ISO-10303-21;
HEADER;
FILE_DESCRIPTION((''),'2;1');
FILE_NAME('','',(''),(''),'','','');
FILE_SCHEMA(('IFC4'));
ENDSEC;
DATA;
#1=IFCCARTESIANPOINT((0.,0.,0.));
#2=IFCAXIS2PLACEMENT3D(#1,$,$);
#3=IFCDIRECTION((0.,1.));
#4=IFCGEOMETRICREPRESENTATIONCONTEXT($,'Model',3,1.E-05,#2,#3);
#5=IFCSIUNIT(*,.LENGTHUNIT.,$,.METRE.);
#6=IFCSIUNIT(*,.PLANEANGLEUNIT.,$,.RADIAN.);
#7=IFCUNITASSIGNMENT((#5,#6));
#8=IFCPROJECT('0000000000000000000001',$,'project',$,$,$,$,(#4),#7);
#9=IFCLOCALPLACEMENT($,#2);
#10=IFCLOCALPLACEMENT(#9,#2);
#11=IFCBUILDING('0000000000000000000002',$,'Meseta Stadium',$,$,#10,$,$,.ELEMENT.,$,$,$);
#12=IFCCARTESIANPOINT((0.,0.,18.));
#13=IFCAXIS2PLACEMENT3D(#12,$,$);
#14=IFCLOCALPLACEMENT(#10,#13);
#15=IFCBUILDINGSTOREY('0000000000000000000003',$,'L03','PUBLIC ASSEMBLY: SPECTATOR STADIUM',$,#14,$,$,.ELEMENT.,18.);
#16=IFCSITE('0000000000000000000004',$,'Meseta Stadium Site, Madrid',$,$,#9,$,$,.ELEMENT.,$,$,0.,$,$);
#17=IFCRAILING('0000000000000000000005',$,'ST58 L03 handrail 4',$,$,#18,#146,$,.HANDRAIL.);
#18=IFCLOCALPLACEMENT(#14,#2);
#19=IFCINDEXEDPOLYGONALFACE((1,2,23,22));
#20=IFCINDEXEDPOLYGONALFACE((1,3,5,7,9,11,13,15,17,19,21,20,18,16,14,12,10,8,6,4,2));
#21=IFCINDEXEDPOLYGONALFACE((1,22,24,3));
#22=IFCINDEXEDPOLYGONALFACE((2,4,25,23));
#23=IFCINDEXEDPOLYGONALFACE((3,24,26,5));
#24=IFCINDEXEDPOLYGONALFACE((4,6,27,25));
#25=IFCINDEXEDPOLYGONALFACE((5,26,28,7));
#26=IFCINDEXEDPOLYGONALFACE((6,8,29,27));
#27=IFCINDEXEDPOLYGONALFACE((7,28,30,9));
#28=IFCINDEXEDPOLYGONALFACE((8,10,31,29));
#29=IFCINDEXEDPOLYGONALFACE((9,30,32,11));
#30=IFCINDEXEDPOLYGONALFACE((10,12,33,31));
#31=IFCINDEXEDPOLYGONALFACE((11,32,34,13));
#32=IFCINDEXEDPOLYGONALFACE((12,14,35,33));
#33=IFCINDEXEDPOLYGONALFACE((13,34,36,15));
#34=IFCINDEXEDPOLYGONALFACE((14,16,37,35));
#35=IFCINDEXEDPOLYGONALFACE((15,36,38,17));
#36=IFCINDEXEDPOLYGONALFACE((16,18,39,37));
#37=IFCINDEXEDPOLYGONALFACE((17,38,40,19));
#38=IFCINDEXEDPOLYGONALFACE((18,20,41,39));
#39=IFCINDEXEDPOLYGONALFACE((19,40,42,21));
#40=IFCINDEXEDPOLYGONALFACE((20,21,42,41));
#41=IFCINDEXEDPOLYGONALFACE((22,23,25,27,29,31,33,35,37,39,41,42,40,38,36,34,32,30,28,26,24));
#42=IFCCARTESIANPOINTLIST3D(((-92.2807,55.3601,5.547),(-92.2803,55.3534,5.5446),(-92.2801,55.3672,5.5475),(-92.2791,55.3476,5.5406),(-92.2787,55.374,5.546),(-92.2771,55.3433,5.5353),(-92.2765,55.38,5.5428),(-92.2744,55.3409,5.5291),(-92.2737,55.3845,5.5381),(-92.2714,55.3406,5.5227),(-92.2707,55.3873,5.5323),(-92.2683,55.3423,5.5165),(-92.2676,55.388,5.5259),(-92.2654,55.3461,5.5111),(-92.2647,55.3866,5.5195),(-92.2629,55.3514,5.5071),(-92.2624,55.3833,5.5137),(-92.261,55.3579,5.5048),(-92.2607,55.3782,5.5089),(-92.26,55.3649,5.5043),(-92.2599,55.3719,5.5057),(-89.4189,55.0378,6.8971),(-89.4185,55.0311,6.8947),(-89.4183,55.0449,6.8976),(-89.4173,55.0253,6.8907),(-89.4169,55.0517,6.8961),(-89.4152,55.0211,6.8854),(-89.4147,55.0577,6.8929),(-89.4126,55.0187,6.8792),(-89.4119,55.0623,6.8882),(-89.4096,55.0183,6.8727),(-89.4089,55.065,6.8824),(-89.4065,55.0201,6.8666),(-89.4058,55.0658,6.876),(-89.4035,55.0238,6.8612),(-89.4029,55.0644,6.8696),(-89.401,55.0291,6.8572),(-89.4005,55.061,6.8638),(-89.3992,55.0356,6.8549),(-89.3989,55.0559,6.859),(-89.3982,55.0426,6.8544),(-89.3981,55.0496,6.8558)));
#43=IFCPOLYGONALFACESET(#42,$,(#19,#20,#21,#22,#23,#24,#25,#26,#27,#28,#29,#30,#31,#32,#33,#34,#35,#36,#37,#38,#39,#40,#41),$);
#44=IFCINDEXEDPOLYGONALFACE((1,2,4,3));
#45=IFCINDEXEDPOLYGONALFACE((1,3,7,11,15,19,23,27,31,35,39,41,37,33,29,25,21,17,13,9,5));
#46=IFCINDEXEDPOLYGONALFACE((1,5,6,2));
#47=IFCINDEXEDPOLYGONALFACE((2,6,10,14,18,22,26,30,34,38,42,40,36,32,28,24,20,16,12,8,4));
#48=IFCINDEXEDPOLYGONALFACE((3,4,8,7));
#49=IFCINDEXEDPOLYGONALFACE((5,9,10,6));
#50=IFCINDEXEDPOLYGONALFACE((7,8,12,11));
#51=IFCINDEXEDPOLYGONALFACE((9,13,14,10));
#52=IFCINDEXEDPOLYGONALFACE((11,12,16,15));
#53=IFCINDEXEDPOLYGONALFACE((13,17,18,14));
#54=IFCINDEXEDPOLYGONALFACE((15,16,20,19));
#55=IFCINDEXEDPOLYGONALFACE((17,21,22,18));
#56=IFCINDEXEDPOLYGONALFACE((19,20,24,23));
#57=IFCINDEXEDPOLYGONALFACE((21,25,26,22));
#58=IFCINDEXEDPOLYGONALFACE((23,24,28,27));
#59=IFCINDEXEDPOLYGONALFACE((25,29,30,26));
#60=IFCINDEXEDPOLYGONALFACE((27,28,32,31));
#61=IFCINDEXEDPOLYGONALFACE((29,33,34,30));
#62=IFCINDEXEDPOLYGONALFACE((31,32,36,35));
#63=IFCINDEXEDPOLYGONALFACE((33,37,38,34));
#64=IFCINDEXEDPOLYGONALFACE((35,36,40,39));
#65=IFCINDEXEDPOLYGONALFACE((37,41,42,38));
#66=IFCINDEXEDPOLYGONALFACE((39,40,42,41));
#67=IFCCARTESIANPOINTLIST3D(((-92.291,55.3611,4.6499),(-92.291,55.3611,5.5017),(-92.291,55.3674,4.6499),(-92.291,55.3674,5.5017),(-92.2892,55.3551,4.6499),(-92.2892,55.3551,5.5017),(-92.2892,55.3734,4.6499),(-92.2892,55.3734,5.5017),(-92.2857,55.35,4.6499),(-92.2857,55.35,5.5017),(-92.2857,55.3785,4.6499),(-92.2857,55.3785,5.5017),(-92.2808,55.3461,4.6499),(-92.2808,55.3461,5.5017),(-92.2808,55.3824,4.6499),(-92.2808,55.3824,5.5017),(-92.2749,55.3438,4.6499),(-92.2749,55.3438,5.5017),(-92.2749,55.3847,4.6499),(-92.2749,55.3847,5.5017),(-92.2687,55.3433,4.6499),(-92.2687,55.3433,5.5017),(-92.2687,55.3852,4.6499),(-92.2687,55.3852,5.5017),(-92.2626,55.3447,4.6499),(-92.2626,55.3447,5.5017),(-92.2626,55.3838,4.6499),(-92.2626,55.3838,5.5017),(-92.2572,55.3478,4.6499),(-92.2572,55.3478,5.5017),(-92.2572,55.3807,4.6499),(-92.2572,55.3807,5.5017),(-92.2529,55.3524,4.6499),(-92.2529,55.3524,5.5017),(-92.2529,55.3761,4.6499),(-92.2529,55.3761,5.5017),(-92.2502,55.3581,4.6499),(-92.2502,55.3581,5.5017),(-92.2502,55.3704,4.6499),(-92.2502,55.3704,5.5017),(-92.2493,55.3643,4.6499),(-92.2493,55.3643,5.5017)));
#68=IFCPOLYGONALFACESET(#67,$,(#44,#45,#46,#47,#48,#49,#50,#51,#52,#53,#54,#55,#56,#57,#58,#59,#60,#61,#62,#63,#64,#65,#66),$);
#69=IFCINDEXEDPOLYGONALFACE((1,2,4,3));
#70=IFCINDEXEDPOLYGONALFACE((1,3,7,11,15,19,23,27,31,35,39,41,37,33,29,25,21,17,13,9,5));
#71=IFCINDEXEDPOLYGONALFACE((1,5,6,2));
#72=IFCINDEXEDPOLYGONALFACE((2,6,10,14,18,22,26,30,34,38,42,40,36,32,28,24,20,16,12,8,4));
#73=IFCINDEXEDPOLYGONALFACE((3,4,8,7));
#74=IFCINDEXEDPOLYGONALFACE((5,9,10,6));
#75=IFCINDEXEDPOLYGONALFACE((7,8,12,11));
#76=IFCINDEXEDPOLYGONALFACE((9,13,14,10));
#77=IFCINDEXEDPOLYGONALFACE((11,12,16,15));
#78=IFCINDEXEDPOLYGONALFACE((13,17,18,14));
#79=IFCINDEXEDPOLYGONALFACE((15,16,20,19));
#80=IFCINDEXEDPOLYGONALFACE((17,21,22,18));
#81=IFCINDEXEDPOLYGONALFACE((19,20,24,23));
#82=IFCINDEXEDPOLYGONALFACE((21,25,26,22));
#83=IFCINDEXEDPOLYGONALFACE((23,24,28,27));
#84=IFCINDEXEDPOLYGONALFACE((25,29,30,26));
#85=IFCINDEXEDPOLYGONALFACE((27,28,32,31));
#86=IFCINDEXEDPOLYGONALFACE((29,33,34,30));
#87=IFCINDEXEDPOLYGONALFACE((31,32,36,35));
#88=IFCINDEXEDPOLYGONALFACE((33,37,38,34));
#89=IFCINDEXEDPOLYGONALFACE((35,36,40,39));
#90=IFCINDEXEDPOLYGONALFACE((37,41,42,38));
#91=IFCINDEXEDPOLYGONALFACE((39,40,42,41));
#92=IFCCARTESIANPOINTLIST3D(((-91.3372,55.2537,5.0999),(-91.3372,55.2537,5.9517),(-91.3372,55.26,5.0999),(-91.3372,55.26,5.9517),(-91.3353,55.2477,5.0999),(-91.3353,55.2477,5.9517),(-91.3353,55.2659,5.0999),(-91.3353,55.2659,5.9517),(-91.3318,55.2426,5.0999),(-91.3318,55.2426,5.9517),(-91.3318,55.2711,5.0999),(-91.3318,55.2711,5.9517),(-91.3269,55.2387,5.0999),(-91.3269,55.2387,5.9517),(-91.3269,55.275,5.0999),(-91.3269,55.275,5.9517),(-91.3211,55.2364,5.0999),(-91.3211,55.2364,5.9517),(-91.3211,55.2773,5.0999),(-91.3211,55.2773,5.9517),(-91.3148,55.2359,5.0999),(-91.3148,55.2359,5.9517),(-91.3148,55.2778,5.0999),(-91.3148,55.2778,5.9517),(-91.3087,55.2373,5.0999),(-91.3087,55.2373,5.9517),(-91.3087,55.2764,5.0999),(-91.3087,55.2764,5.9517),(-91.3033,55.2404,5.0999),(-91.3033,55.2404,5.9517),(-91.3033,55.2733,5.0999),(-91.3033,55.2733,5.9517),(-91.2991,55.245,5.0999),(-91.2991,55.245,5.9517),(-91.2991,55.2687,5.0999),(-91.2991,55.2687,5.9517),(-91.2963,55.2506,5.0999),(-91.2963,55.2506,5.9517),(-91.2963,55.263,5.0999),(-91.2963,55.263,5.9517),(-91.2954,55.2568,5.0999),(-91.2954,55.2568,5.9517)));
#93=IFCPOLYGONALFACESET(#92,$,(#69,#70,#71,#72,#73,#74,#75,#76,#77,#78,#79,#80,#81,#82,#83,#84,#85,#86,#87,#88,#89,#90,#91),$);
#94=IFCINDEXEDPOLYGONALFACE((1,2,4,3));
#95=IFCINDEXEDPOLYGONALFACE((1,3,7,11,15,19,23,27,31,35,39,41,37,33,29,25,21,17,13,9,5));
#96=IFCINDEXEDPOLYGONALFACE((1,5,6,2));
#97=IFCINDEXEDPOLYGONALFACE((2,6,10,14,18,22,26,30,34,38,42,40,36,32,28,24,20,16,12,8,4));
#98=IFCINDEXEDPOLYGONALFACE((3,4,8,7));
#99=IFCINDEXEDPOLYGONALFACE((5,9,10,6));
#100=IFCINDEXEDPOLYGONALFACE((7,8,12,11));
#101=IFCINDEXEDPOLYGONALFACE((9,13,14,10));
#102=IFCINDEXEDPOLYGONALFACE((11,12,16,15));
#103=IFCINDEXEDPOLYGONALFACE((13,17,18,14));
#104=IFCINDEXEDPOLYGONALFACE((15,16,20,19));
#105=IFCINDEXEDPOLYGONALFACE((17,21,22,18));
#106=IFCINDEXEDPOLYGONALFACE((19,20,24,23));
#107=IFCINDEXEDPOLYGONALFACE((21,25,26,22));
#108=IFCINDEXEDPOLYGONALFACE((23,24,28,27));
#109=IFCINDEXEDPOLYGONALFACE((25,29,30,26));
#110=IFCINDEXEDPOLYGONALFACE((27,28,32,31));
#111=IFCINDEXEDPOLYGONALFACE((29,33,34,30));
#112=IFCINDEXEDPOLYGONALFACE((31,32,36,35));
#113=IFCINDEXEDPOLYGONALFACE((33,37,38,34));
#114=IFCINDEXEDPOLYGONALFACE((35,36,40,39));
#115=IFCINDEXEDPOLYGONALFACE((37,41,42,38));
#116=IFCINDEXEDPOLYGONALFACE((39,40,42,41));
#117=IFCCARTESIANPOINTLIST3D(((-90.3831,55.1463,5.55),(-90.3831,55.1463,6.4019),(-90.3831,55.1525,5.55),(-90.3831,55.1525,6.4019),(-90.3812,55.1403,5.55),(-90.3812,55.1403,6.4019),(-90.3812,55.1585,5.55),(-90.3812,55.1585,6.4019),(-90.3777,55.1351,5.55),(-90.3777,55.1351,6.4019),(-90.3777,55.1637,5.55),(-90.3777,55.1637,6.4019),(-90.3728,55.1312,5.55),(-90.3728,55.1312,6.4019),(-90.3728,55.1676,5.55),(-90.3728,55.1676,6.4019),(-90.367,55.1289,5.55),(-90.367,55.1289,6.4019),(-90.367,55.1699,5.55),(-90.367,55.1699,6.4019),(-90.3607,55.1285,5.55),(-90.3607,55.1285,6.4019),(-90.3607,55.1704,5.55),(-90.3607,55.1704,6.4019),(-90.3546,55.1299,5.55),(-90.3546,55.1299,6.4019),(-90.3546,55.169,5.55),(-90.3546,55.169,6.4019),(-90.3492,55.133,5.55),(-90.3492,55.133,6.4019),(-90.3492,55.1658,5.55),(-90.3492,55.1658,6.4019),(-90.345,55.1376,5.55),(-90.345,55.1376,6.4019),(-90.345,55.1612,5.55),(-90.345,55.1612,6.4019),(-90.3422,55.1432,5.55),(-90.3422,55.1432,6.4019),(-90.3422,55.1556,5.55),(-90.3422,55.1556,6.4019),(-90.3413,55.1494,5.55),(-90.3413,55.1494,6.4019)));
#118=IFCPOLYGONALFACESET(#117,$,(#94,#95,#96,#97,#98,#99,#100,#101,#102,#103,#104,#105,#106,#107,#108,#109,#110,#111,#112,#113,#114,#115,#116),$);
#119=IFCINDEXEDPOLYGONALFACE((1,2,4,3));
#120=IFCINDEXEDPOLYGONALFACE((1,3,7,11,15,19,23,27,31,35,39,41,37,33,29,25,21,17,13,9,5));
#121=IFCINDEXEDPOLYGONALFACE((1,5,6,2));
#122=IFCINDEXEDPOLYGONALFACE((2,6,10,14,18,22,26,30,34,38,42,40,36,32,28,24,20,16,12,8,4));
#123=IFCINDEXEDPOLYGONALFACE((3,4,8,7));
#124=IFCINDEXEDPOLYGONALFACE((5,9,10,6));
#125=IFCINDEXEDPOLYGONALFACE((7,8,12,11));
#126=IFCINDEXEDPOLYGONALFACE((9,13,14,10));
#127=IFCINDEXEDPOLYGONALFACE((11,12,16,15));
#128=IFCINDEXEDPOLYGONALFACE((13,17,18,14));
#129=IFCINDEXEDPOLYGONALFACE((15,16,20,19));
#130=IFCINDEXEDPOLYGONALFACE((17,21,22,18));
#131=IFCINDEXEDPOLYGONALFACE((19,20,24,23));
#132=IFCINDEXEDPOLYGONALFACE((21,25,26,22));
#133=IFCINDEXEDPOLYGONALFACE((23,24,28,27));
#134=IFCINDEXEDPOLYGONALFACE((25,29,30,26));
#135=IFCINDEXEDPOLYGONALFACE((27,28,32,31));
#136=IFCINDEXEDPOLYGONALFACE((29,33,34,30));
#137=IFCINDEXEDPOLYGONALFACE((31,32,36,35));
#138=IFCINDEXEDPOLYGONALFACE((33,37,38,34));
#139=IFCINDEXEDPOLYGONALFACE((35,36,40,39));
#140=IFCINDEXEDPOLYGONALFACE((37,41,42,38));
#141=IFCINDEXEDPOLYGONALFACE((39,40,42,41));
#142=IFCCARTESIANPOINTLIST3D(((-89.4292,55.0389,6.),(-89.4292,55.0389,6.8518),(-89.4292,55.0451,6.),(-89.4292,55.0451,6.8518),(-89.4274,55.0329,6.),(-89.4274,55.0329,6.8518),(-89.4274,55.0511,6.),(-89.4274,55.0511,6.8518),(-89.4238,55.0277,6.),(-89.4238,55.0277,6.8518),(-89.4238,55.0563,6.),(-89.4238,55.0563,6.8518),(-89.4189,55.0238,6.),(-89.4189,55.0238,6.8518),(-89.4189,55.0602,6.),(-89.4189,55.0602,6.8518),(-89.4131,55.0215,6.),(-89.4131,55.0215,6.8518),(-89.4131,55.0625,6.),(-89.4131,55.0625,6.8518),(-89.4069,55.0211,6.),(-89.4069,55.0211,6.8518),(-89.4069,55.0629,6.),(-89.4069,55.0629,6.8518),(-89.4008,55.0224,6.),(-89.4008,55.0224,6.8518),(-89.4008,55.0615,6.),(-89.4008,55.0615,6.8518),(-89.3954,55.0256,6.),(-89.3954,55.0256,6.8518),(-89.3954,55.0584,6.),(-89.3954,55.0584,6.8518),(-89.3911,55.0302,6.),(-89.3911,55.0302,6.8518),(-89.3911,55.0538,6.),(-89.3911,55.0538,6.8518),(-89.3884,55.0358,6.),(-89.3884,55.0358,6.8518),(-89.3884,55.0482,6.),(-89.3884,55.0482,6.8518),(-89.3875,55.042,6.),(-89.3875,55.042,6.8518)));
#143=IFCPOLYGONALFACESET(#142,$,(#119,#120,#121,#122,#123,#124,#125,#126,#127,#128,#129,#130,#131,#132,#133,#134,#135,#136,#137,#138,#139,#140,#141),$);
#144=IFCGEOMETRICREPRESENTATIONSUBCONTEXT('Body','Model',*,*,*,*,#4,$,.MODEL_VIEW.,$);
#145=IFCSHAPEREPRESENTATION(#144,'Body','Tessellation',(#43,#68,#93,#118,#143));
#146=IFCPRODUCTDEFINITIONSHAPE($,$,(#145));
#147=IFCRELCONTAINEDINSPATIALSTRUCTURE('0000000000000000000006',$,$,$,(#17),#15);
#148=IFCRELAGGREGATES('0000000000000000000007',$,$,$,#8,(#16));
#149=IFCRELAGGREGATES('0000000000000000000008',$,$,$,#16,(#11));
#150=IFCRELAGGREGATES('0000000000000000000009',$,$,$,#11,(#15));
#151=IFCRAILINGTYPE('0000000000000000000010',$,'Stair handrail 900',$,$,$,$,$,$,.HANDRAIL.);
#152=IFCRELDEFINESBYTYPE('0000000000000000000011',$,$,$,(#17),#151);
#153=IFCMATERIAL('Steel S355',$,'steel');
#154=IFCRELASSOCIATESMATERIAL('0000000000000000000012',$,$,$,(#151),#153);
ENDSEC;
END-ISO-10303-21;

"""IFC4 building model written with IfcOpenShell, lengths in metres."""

from ifc_helpers import new_model, si_unit, direction, frame, origin, origin_2d, place, context, subcontext, project, spatial, circle, extrude, material, type_object, element, save


model = new_model("IFC4")

# Units and contexts
model_context = context("Model", 3, precision=1e-05, world=origin(), true_north=direction((0.0, 1.0)))
body_context = subcontext(model_context, "Body", "Model", "MODEL_VIEW")
ifc_project = project(units=[si_unit("LENGTHUNIT", "METRE"), si_unit("PLANEANGLEUNIT", "RADIAN")], contexts=[model_context])

# Site, building, storey
site_placement = place(None, origin())
site = spatial("IfcSite", under=ifc_project, at=site_placement, Name="Meseta Stadium Site, Madrid", CompositionType="ELEMENT", RefElevation=0.0)
building_placement = place(site_placement, origin())
building = spatial("IfcBuilding", under=site, at=building_placement, Name="Meseta Stadium", CompositionType="ELEMENT")
storey_placement = place(building_placement, frame((0.0, 0.0, 18.0)))
storey = spatial("IfcBuildingStorey", under=building, at=storey_placement, Name="L03", Description="PUBLIC ASSEMBLY: SPECTATOR STADIUM", CompositionType="ELEMENT", Elevation=18.0)

# Railing
ifc_material_1 = material(Name="Steel S355", Category="steel")
railing_type_1 = type_object("IfcRailingType", Name="Stair handrail 900", PredefinedType="HANDRAIL", material=ifc_material_1)
for number, where, name in (
    (1, (-92.2703, 55.3643, 4.6499), "ST58 L03 handrail 4"),
):
    element("IfcRailing", number, at=place(storey_placement, frame(where)), inside=storey, type_object=railing_type_1, Name=name, PredefinedType="HANDRAIL", context=body_context, shape_type="SweptSolid", body=[
        extrude(circle(Radius=0.0239, at=origin_2d()), frame((0.0, 0.0, 0.876), z_axis=(0.899755, -0.10132, 0.424471), x_axis=(0.111902, 0.993719, 0.0)), (0.0, 0.0, 1.0), 3.1807),
        extrude(circle(Radius=0.021, at=origin_2d()), origin(), (0.0, 0.0, 1.0), 0.8518),
        extrude(circle(Radius=0.021, at=origin_2d()), frame((0.9539, -0.1074, 0.45)), (0.0, 0.0, 1.0), 0.8518),
        extrude(circle(Radius=0.021, at=origin_2d()), frame((1.908, -0.2148, 0.9001)), (0.0, 0.0, 1.0), 0.8518),
        extrude(circle(Radius=0.021, at=origin_2d()), frame((2.8618, -0.3223, 1.3501)), (0.0, 0.0, 1.0), 0.8518),
    ])

save(model, "model.ifc")
